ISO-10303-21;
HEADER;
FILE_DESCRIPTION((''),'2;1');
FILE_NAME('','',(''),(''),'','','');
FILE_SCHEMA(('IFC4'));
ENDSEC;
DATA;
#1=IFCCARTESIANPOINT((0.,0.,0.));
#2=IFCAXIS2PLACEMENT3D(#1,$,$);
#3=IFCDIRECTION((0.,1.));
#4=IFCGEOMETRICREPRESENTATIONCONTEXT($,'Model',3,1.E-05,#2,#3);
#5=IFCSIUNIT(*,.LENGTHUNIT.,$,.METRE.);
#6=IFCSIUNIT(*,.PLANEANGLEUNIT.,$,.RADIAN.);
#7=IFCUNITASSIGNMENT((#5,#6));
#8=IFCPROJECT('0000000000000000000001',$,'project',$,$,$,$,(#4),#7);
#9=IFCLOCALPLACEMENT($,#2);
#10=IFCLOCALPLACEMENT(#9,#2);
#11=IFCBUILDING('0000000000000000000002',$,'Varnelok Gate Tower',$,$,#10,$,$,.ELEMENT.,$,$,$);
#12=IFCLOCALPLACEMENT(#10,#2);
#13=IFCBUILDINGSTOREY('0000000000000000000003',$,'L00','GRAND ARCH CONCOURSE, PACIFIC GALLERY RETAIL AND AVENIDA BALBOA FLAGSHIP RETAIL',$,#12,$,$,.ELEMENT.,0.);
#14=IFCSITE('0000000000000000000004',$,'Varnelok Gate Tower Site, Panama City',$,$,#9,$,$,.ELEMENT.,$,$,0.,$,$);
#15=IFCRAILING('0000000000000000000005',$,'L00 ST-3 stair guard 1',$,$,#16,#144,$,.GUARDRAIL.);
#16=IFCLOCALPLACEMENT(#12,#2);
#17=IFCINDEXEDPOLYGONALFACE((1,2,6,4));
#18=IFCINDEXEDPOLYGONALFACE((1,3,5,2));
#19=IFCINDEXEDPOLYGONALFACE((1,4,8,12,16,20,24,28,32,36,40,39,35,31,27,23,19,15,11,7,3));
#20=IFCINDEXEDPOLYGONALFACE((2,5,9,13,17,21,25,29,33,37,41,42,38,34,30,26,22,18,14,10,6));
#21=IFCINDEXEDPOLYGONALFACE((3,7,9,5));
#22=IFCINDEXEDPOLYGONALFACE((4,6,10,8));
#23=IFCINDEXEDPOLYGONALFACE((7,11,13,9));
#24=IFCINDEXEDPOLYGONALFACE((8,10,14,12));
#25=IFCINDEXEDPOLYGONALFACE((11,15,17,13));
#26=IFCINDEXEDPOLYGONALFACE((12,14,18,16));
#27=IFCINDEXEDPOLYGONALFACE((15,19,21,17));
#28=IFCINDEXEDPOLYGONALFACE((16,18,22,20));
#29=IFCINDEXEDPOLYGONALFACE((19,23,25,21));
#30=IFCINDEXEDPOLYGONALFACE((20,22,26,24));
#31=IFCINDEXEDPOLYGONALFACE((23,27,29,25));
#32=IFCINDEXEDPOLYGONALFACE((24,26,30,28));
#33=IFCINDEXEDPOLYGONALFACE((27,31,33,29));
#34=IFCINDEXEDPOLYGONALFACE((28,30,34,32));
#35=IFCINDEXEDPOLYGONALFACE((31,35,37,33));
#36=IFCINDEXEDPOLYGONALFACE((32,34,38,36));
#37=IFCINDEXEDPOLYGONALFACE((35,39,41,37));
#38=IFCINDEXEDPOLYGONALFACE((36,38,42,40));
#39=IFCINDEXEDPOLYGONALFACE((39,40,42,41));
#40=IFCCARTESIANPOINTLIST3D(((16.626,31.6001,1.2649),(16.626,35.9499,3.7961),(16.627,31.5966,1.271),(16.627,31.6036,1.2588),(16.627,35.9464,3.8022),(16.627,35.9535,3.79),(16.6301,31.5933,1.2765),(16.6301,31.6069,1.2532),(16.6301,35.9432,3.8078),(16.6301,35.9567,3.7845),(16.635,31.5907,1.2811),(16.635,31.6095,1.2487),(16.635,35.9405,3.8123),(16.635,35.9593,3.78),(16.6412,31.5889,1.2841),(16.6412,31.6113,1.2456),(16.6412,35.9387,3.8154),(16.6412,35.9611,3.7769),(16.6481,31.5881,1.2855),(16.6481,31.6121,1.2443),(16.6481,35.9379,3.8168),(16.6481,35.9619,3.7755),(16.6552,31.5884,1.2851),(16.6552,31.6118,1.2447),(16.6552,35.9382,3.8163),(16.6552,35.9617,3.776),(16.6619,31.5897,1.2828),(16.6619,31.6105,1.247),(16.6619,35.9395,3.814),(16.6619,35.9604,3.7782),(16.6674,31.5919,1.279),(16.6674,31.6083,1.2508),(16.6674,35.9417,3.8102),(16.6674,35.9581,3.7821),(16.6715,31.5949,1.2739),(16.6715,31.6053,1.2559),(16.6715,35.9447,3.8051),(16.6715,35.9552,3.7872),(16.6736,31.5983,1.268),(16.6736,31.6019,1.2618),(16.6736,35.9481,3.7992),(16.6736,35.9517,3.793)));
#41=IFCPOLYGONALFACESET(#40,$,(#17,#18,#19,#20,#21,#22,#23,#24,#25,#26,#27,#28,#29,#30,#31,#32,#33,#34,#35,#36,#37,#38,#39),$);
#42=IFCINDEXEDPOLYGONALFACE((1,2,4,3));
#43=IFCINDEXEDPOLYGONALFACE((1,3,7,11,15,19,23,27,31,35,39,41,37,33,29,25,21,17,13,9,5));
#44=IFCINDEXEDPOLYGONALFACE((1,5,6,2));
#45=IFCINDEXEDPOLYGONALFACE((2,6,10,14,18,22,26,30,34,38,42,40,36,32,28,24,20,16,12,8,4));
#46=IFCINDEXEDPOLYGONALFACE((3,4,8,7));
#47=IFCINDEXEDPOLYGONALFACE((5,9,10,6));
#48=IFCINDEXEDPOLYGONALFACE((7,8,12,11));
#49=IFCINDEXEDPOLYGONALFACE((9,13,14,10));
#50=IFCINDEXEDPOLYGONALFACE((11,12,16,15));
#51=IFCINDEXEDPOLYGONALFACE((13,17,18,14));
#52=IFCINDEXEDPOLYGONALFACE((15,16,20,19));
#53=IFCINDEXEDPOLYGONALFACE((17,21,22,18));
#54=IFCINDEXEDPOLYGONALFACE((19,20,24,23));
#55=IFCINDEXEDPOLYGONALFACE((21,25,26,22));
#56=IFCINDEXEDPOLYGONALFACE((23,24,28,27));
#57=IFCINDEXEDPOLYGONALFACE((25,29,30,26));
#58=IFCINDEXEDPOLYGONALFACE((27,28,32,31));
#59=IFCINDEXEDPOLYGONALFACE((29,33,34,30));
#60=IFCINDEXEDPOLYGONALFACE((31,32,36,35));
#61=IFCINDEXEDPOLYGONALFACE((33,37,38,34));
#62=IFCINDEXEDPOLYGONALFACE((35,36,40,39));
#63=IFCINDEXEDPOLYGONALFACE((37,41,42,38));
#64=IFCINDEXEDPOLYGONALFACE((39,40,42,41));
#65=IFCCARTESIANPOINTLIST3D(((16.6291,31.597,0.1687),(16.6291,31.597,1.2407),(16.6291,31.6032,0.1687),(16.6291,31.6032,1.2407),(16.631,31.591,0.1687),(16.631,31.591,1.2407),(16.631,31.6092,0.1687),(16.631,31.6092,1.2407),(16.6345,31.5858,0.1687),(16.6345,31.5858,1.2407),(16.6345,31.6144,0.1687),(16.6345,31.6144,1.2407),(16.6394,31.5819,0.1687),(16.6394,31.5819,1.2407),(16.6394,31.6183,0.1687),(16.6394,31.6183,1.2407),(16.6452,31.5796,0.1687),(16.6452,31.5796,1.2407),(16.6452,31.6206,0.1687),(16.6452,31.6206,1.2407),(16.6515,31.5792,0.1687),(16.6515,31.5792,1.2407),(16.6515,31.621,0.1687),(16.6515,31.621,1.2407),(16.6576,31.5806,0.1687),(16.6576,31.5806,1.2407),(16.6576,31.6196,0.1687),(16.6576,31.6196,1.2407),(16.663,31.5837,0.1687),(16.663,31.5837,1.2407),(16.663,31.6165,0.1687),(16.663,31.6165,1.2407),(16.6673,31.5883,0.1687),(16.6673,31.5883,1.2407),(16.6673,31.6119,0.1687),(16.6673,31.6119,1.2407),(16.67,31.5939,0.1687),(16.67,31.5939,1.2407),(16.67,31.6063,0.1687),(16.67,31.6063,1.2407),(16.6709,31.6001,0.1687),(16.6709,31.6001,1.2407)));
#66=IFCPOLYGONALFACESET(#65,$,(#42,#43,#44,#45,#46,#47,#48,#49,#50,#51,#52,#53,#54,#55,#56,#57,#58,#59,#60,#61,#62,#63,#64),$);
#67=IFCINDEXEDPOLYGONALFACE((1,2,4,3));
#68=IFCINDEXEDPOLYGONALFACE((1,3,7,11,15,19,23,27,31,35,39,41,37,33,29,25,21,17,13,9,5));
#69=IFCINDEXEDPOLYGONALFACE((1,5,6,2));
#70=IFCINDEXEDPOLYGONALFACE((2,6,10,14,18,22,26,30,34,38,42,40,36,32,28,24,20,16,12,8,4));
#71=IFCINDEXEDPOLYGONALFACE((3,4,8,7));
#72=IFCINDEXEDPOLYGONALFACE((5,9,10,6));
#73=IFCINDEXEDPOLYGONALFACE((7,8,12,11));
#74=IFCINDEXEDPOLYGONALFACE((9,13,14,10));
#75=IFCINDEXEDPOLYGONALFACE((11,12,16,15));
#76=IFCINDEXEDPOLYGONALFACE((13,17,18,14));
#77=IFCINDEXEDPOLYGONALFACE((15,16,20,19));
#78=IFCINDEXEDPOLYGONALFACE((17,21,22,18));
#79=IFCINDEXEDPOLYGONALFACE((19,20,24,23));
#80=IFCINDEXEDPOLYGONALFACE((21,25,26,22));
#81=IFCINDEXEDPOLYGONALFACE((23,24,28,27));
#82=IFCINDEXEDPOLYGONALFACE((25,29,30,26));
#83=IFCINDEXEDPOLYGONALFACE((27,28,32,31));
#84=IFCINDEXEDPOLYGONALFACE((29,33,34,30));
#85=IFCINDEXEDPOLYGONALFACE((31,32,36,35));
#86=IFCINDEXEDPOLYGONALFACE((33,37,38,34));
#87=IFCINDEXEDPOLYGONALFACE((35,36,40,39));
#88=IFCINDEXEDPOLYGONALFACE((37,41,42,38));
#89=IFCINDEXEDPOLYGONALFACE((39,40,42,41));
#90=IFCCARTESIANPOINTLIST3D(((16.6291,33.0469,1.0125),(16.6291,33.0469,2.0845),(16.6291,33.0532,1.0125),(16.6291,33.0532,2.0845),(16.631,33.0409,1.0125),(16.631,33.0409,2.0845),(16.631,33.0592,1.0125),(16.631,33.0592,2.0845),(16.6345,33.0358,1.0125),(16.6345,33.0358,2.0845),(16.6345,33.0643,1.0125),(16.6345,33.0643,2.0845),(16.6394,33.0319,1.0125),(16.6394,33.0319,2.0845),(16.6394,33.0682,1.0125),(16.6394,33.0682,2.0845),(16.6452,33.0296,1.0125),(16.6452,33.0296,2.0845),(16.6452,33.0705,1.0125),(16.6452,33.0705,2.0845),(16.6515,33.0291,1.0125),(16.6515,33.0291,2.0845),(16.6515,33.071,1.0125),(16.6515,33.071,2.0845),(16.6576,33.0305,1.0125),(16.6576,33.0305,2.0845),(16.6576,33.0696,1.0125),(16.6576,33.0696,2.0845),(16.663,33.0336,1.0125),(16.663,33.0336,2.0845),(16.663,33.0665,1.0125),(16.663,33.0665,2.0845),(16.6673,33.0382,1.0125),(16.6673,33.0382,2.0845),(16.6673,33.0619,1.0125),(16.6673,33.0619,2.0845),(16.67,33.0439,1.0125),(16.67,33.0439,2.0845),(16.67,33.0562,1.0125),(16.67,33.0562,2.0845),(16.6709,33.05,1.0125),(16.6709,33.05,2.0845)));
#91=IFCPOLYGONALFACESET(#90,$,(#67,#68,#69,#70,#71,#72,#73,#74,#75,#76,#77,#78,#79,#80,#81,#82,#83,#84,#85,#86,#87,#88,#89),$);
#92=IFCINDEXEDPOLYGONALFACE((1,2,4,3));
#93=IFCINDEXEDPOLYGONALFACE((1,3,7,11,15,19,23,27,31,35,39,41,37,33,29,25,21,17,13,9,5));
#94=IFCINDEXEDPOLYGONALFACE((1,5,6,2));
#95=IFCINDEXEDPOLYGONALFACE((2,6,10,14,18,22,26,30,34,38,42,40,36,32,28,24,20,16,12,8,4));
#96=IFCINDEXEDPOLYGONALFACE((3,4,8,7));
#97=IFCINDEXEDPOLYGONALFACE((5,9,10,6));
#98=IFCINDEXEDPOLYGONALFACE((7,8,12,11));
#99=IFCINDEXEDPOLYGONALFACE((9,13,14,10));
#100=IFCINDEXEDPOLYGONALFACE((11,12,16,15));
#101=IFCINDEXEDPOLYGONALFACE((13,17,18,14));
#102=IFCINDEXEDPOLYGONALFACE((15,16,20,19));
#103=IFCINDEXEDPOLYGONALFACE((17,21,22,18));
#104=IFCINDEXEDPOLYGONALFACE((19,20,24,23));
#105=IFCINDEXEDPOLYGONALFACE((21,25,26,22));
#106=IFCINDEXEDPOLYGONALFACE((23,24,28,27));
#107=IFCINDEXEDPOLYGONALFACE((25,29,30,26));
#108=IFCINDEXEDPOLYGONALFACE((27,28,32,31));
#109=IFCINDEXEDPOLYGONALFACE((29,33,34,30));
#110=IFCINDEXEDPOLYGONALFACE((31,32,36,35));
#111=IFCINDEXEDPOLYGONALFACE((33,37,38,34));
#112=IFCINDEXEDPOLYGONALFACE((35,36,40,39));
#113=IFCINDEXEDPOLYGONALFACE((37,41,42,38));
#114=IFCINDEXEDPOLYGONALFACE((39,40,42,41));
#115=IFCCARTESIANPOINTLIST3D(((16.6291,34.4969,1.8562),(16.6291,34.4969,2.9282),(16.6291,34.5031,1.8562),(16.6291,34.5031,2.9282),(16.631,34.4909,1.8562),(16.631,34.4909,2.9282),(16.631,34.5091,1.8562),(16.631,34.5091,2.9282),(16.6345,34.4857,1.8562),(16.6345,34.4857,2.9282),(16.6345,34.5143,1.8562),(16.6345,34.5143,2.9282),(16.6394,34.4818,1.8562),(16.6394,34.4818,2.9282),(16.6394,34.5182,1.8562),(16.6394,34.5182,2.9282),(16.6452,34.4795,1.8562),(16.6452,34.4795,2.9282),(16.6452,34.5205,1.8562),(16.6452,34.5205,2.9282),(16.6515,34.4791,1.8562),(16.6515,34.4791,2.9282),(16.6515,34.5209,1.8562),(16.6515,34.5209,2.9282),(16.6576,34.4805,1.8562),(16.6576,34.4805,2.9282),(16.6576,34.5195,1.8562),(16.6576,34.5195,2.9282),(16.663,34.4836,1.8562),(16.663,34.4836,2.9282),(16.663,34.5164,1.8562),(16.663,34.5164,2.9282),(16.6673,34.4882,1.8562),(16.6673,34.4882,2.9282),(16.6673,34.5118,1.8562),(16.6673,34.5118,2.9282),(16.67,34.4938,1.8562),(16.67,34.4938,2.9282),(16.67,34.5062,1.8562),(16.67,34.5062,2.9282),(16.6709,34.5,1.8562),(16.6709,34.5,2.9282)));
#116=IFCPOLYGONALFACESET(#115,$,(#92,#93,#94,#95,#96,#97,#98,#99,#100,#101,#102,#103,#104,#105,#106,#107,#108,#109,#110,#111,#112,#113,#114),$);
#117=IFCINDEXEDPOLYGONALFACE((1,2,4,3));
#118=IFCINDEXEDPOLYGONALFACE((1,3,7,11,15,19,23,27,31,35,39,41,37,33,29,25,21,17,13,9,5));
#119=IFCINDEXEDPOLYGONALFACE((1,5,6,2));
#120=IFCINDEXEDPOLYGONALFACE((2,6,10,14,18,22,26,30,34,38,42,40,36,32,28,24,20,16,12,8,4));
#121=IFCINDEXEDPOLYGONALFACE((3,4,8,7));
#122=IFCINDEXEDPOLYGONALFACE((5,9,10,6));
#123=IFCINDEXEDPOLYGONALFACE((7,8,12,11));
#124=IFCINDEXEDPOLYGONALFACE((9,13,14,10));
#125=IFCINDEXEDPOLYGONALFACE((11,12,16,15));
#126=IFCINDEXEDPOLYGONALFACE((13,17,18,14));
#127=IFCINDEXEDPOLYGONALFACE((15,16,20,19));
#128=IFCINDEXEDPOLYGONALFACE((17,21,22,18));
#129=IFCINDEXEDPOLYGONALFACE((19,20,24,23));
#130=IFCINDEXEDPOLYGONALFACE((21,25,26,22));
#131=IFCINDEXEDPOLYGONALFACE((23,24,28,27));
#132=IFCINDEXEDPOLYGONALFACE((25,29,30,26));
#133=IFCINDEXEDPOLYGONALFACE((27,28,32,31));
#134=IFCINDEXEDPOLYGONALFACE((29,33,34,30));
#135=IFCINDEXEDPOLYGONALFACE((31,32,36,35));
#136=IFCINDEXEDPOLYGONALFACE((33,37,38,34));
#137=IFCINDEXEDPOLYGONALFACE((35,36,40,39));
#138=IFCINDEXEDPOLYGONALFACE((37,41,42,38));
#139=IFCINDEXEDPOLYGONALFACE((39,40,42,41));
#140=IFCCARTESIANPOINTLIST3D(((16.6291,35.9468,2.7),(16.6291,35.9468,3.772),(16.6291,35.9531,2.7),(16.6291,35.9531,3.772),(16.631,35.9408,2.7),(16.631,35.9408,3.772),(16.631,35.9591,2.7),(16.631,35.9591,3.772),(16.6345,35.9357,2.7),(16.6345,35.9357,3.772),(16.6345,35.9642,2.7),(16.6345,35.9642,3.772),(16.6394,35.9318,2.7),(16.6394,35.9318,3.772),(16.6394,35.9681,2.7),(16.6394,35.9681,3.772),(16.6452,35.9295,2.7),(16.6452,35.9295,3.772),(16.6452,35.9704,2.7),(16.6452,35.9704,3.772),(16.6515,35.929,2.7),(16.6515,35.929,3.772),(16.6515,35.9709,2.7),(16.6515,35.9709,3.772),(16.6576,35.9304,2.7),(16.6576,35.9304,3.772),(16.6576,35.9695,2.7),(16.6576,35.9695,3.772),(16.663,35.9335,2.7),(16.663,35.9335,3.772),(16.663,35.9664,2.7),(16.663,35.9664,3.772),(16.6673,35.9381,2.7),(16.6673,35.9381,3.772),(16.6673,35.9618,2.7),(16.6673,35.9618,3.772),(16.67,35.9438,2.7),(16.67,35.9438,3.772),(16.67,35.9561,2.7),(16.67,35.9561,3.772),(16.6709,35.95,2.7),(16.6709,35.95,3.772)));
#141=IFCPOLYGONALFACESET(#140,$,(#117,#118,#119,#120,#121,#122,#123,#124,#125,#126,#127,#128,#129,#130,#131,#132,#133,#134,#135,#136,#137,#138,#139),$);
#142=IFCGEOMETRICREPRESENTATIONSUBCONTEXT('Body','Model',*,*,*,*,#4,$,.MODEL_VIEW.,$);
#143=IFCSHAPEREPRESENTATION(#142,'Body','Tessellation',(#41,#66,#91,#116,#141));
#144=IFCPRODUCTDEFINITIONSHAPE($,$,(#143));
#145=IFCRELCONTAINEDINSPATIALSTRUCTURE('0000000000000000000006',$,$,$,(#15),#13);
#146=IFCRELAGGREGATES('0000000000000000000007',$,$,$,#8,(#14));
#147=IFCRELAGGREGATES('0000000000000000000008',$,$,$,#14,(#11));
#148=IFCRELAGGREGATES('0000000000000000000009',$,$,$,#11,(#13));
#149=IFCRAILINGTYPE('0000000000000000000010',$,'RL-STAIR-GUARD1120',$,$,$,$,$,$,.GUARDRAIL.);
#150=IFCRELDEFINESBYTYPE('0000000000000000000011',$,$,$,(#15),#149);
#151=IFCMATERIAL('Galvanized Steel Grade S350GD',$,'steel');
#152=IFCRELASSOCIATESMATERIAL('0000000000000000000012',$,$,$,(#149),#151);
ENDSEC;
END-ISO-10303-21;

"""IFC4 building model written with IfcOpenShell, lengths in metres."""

from ifc_helpers import new_model, si_unit, direction, frame, origin, origin_2d, place, context, subcontext, project, spatial, circle, extrude, material, type_object, element, save


model = new_model("IFC4")

# Units and contexts
model_context = context("Model", 3, precision=1e-05, world=origin(), true_north=direction((0.0, 1.0)))
body_context = subcontext(model_context, "Body", "Model", "MODEL_VIEW")
ifc_project = project(units=[si_unit("LENGTHUNIT", "METRE"), si_unit("PLANEANGLEUNIT", "RADIAN")], contexts=[model_context])

# Site, building, storey
site_placement = place(None, origin())
site = spatial("IfcSite", under=ifc_project, at=site_placement, Name="Varnelok Gate Tower Site, Panama City", CompositionType="ELEMENT", RefElevation=0.0)
building_placement = place(site_placement, origin())
building = spatial("IfcBuilding", under=site, at=building_placement, Name="Varnelok Gate Tower", CompositionType="ELEMENT")
storey_placement = place(building_placement, origin())
storey = spatial("IfcBuildingStorey", under=building, at=storey_placement, Name="L00", Description="GRAND ARCH CONCOURSE, PACIFIC GALLERY RETAIL AND AVENIDA BALBOA FLAGSHIP RETAIL", CompositionType="ELEMENT", Elevation=0.0)

# Shared definitions
ifc_material_1 = material(Name="Galvanized Steel Grade S350GD", Category="steel")

# Railing
railing_type_1 = type_object("IfcRailingType", Name="RL-STAIR-GUARD1120", PredefinedType="GUARDRAIL", material=ifc_material_1)
railing_1_placement = place(storey_placement, frame((16.6499, 31.6001, 0.1687)))
element("IfcRailing", 1, at=railing_1_placement, inside=storey, type_object=railing_type_1, Name="L00 ST-3 stair guard 1", PredefinedType="GUARDRAIL", context=body_context, shape_type="SweptSolid", body=[
    extrude(circle(Radius=0.0239, at=origin_2d()), frame((0.0, 0.0, 1.0962), z_axis=(0.0, 0.864312, 0.502957), x_axis=(-1.0, 0.0, 0.0)), (0.0, 0.0, 1.0), 5.0327),
    extrude(circle(Radius=0.021, at=origin_2d()), origin(), (0.0, 0.0, 1.0), 1.072),
    extrude(circle(Radius=0.021, at=origin_2d()), frame((0.0, 1.45, 0.8438)), (0.0, 0.0, 1.0), 1.072),
    extrude(circle(Radius=0.021, at=origin_2d()), frame((0.0, 2.8999, 1.6875)), (0.0, 0.0, 1.0), 1.072),
    extrude(circle(Radius=0.021, at=origin_2d()), frame((0.0, 4.3499, 2.5312)), (0.0, 0.0, 1.0), 1.072),
])

save(model, "model.ifc")
